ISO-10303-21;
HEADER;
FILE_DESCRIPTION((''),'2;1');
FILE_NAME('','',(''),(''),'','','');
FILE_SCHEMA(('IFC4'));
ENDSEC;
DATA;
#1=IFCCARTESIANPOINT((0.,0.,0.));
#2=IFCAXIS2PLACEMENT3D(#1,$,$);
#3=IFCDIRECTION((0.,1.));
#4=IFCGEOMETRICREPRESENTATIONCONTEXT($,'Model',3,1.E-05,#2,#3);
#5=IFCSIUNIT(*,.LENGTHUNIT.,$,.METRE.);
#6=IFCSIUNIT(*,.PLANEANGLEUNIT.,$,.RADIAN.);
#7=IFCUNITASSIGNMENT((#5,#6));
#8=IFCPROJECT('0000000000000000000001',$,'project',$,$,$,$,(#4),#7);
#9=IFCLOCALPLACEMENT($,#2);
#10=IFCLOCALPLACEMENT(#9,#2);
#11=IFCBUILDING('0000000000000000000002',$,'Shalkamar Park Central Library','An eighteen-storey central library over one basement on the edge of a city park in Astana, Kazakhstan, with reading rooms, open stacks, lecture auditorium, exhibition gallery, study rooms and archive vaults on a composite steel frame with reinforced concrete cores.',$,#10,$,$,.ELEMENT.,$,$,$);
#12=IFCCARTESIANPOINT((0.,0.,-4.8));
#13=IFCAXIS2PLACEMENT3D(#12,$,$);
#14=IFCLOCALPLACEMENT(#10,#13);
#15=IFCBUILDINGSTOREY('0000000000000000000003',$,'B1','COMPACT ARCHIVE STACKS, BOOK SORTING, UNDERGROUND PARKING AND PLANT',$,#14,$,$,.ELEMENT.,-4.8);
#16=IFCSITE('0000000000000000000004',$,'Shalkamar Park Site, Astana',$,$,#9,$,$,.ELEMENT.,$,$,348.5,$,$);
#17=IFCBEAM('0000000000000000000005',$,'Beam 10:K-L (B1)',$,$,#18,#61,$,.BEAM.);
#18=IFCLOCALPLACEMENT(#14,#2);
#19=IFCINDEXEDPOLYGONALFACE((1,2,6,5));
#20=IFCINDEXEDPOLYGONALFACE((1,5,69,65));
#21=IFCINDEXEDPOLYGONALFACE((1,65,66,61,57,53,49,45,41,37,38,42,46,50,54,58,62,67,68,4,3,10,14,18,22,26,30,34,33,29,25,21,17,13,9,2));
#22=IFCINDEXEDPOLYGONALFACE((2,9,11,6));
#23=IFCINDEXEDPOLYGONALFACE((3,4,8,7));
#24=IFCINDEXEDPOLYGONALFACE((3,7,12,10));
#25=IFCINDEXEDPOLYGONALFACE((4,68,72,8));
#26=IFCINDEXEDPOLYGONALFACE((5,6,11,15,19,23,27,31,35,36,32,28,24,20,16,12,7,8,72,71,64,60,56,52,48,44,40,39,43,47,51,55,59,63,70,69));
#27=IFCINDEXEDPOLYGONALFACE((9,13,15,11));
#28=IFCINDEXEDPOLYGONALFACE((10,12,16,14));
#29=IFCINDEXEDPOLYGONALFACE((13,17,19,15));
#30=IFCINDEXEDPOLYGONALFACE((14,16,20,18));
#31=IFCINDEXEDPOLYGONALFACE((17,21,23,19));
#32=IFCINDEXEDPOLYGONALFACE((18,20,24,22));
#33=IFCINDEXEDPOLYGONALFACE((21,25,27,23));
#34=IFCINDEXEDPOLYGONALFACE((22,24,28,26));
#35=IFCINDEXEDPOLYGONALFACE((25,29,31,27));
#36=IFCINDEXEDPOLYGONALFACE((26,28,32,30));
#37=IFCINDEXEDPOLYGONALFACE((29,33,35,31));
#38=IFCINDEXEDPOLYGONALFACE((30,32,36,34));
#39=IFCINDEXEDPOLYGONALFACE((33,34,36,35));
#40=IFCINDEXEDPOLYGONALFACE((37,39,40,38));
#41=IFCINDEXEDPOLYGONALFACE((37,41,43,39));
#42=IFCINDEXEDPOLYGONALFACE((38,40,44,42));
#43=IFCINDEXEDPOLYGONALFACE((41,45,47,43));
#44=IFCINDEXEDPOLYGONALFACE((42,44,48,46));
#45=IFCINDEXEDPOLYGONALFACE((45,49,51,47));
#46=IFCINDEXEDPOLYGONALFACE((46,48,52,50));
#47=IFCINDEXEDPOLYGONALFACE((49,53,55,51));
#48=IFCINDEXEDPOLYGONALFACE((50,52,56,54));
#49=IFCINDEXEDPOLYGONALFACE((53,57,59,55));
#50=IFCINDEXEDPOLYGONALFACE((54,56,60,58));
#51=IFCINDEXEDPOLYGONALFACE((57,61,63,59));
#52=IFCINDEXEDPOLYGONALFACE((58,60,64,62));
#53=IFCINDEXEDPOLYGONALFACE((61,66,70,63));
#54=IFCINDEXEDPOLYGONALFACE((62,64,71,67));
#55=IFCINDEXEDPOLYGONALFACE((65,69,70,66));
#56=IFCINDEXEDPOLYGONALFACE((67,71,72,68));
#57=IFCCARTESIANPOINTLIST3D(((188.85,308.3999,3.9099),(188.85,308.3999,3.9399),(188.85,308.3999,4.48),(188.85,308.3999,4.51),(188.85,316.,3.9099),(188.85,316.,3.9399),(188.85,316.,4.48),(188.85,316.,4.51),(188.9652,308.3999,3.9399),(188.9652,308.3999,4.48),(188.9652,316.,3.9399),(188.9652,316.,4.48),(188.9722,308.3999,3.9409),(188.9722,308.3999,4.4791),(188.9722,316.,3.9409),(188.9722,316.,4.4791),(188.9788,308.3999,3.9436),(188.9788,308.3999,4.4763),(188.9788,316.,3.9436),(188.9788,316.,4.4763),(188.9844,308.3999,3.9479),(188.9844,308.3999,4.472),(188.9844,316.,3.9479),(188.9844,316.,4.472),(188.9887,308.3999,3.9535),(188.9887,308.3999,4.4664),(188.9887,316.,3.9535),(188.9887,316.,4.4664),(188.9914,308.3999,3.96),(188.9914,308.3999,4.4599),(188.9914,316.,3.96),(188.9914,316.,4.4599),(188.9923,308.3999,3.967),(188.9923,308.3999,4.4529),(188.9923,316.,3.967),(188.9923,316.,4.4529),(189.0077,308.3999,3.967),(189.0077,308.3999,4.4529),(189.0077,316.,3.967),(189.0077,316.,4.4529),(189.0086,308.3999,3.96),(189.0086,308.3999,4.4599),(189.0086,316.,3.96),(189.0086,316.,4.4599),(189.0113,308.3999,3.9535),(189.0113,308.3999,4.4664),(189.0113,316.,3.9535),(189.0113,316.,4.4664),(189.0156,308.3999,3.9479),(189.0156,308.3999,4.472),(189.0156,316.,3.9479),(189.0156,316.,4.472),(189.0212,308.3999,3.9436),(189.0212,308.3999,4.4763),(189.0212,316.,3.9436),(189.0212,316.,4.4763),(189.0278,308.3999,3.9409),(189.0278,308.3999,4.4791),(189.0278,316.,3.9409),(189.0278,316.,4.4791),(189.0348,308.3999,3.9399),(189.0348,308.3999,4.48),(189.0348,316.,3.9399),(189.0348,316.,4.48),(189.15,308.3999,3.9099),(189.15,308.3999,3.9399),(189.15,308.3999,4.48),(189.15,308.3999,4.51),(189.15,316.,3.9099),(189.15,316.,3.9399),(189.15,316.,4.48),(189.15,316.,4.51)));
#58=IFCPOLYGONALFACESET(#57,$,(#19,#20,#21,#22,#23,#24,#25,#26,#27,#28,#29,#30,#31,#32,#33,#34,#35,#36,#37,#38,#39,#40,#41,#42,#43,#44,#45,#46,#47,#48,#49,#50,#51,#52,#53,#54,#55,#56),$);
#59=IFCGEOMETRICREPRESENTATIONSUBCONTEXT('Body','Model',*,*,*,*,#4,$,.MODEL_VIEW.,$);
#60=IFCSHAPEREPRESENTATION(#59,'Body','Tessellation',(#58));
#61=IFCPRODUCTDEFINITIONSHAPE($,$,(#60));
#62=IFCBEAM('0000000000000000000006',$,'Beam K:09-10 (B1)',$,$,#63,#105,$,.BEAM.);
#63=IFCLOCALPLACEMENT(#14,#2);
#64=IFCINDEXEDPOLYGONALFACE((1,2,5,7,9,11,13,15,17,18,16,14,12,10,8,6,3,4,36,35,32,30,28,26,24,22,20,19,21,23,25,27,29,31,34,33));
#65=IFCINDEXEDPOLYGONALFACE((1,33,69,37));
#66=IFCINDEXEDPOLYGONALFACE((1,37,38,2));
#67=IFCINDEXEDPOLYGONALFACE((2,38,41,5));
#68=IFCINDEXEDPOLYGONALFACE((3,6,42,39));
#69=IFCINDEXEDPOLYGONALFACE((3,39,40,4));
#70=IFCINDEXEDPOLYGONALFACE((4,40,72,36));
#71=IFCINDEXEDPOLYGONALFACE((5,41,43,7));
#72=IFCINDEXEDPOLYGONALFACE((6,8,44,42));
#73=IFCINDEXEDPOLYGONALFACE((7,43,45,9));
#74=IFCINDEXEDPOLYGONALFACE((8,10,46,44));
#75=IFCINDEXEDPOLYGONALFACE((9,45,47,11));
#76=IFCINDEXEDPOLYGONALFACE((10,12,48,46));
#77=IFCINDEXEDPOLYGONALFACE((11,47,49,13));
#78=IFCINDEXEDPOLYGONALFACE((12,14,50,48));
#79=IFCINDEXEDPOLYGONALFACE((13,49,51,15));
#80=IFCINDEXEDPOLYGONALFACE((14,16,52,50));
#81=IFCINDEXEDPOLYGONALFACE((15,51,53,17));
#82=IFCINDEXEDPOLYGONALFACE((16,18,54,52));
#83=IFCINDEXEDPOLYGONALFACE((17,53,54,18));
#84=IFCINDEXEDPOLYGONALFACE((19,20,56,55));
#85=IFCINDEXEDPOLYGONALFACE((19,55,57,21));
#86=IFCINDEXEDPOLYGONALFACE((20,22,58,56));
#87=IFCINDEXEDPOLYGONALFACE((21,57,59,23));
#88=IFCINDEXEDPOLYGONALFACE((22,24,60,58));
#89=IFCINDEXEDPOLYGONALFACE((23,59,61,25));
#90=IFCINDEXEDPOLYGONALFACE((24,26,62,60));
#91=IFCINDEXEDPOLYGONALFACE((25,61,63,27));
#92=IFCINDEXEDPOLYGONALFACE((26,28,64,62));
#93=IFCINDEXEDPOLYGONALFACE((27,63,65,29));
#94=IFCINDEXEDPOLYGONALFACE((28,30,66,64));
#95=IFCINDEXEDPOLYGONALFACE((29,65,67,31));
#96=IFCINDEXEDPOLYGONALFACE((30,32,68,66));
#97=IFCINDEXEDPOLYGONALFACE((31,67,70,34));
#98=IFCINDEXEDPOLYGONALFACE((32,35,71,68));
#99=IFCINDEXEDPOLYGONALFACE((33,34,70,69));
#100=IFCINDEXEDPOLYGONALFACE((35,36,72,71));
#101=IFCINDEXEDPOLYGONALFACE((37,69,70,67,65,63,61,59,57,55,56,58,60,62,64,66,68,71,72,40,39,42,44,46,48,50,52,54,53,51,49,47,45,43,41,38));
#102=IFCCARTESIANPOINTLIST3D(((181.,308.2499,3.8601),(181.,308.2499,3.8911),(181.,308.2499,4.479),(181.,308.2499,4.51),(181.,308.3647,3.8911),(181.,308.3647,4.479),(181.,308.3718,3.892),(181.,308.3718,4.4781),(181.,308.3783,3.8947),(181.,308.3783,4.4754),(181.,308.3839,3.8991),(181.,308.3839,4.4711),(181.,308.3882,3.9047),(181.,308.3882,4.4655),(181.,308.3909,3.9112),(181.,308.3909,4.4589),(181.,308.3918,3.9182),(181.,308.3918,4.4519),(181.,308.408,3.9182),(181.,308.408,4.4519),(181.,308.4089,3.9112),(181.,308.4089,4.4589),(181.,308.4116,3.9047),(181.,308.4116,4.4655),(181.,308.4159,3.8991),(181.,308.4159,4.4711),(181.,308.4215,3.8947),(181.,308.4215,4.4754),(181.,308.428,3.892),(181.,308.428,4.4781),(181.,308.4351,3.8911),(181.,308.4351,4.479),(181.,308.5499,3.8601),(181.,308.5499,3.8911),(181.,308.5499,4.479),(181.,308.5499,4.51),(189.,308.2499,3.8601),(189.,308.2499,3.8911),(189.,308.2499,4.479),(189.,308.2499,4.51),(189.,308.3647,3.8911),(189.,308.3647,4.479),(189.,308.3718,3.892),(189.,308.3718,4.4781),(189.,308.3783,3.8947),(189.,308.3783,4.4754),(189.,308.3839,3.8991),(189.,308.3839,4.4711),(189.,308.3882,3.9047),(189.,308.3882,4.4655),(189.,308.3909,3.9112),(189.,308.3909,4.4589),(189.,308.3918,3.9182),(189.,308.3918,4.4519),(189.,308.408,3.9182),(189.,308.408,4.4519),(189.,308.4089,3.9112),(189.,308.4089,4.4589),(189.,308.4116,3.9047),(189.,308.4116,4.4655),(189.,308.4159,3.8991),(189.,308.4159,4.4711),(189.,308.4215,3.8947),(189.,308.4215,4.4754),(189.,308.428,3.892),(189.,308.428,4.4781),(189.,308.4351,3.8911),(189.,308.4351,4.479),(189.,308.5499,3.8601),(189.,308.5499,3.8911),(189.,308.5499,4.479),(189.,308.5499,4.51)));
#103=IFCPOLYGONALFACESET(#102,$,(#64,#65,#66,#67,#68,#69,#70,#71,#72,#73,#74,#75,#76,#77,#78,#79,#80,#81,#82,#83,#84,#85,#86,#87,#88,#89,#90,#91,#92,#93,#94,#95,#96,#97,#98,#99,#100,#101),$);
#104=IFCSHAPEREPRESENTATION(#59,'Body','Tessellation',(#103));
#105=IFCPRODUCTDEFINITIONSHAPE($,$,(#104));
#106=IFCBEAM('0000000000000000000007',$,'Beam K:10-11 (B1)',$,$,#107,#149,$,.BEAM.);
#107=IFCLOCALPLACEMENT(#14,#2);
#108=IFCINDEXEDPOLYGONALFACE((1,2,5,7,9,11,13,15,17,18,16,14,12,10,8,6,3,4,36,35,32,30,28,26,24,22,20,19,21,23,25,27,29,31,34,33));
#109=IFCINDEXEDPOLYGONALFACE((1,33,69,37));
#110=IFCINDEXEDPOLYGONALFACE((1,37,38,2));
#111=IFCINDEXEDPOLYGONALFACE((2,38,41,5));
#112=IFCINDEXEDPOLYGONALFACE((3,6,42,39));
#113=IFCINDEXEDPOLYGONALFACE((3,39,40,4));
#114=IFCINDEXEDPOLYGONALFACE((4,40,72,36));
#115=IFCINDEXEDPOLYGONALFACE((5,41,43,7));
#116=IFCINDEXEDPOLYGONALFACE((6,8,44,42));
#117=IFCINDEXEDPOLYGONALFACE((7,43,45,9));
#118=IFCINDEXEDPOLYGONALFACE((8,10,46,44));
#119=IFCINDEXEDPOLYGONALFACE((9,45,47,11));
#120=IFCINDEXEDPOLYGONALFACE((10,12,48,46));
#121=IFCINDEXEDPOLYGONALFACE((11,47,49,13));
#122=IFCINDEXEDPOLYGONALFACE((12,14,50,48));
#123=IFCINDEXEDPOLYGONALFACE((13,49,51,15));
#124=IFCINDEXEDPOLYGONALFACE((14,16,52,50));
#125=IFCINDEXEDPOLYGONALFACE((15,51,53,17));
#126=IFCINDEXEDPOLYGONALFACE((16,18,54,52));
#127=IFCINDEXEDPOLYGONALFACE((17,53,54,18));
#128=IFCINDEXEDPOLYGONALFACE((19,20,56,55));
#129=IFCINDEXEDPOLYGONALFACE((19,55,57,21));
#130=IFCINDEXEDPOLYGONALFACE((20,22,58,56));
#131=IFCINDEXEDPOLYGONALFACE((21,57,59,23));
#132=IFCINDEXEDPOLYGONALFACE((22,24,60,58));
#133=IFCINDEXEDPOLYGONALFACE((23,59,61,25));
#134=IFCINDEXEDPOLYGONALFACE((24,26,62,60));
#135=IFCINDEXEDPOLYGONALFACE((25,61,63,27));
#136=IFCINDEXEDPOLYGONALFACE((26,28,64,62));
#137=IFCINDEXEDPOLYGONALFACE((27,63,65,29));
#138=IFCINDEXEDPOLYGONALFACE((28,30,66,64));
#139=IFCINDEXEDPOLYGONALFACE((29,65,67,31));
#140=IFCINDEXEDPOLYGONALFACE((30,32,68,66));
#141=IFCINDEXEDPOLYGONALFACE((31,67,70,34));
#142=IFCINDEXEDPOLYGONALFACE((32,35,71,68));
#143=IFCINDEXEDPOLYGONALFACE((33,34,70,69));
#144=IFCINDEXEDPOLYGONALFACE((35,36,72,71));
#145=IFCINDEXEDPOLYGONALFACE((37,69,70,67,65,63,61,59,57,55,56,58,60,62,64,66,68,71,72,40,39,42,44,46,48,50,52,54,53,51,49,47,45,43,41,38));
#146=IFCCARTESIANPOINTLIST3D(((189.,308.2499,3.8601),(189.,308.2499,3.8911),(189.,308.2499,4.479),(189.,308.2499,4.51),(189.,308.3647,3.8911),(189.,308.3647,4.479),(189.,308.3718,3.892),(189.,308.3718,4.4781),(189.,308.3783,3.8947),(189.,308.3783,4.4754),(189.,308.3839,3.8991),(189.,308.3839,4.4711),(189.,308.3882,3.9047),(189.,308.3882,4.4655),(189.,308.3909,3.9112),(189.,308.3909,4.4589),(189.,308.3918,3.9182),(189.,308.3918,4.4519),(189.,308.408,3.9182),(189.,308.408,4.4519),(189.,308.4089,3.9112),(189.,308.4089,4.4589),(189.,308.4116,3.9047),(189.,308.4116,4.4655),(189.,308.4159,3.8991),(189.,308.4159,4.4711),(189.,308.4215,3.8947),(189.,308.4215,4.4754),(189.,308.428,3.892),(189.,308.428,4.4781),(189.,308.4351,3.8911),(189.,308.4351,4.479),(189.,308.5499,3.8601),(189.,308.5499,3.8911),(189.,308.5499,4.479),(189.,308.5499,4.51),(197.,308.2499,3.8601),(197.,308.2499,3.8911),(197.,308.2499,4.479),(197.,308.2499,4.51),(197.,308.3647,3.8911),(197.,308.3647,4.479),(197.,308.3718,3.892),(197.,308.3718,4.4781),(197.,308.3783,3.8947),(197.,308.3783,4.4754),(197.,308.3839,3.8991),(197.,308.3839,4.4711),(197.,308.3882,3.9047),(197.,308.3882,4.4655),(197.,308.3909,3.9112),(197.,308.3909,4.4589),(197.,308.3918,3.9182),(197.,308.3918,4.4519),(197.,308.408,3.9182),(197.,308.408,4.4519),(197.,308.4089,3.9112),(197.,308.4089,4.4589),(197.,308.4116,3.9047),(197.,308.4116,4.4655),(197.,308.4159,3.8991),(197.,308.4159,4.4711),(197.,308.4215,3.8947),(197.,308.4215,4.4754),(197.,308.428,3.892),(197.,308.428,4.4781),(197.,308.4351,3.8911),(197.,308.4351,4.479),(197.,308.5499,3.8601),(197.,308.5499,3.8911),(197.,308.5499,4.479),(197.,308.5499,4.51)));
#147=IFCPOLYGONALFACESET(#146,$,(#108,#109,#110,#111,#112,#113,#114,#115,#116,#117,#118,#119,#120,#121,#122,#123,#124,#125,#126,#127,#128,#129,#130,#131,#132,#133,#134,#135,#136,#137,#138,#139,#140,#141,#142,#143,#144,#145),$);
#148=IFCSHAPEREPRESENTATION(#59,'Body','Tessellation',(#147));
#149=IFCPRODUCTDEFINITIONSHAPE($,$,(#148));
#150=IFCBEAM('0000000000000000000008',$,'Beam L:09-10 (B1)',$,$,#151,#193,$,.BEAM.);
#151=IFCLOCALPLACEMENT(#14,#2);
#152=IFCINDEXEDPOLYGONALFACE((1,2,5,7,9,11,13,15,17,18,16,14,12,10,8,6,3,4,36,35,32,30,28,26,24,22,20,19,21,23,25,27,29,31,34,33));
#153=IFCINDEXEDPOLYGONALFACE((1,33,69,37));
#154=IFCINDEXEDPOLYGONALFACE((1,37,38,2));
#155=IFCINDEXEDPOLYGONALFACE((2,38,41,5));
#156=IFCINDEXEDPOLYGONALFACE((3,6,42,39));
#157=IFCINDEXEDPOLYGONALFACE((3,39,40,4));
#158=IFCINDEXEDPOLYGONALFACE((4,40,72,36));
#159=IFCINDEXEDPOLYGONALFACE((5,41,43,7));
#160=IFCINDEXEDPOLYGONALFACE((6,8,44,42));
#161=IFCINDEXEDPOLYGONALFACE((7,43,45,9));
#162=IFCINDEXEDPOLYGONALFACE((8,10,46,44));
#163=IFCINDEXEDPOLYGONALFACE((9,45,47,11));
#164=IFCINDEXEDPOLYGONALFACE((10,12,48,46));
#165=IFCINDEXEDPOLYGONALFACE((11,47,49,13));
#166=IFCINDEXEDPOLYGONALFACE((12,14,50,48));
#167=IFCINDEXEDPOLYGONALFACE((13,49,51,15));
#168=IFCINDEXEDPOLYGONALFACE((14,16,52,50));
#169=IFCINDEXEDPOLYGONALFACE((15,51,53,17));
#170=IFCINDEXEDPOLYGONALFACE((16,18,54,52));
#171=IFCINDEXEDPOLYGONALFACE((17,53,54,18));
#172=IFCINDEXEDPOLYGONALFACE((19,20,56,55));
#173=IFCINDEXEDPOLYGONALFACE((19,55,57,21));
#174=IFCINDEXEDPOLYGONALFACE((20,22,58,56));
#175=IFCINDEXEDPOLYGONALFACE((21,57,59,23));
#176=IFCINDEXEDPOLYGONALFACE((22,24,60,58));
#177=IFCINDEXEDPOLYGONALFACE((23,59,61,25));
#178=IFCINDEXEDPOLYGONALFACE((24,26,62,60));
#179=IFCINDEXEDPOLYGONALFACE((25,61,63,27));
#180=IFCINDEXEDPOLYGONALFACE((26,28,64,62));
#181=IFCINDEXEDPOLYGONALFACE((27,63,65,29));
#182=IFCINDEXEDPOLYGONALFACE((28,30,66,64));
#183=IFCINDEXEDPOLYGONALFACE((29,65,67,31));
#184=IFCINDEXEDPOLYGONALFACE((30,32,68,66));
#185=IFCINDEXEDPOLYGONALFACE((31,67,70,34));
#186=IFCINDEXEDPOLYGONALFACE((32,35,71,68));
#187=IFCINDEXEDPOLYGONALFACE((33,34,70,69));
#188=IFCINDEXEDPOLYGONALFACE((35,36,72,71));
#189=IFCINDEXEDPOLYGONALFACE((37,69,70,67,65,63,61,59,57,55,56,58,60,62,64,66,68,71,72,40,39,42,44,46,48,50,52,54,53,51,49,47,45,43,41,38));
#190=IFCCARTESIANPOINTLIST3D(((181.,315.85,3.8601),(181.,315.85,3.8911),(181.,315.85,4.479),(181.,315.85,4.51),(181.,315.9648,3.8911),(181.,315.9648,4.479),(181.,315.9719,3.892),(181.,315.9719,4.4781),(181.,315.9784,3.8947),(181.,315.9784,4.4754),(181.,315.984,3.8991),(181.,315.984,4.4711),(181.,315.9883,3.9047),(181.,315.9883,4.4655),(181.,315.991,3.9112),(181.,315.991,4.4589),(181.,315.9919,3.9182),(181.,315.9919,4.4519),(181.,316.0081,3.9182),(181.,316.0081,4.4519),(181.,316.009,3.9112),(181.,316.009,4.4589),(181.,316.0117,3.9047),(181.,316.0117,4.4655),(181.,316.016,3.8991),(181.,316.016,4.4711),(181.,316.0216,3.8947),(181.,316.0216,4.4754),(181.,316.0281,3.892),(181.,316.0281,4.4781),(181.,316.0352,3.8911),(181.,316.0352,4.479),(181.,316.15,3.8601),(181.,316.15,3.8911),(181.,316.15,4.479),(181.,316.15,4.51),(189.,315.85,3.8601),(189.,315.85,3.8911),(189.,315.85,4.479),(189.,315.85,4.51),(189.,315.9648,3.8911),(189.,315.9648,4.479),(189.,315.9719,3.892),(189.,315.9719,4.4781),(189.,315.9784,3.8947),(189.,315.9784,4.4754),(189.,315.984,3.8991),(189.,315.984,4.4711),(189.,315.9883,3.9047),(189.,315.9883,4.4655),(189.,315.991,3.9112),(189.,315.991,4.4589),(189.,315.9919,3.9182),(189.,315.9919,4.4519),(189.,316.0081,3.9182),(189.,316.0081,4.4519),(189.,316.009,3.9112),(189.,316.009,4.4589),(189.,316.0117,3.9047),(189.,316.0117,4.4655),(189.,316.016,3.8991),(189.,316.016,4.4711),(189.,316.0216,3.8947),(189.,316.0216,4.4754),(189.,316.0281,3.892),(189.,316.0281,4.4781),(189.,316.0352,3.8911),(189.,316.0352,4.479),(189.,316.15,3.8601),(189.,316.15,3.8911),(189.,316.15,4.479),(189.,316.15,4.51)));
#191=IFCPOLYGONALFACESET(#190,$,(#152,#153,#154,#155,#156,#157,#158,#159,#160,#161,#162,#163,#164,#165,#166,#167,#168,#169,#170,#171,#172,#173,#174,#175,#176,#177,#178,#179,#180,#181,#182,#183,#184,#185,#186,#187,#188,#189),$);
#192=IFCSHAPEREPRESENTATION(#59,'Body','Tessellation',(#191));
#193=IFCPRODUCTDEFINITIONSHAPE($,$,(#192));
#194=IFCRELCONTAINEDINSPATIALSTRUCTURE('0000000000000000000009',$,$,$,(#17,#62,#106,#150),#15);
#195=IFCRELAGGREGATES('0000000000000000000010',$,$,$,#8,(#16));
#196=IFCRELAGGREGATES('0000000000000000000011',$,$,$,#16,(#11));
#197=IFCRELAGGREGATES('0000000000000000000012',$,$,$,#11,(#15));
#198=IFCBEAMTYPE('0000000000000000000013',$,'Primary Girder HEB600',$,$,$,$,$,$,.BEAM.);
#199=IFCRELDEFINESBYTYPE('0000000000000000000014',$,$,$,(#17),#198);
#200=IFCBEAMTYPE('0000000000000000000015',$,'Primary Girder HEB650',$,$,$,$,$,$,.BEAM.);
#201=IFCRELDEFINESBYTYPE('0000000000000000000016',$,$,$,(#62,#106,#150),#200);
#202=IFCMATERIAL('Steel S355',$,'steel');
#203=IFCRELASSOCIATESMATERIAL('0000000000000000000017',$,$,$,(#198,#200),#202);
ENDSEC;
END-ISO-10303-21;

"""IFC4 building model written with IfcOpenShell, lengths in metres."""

from ifc_helpers import new_model, si_unit, direction, frame, origin, origin_2d, place, context, subcontext, project, spatial, i_section, extrude, material, material_profile, profile_set, type_object, element, save


model = new_model("IFC4")

# Units and contexts
model_context = context("Model", 3, precision=1e-05, world=origin(), true_north=direction((0.0, 1.0)))
body_context = subcontext(model_context, "Body", "Model", "MODEL_VIEW")
ifc_project = project(units=[si_unit("LENGTHUNIT", "METRE"), si_unit("PLANEANGLEUNIT", "RADIAN")], contexts=[model_context])

# Site, building, storey
site_placement = place(None, origin())
site = spatial("IfcSite", under=ifc_project, at=site_placement, Name="Shalkamar Park Site, Astana", CompositionType="ELEMENT", RefElevation=348.5)
building_placement = place(site_placement, origin())
building = spatial("IfcBuilding", under=site, at=building_placement, Name="Shalkamar Park Central Library", Description="An eighteen-storey central library over one basement on the edge of a city park in Astana, Kazakhstan, with reading rooms, open stacks, lecture auditorium, exhibition gallery, study rooms and archive vaults on a composite steel frame with reinforced concrete cores.", CompositionType="ELEMENT")
storey_placement = place(building_placement, frame((0.0, 0.0, -4.8)))
storey = spatial("IfcBuildingStorey", under=building, at=storey_placement, Name="B1", Description="COMPACT ARCHIVE STACKS, BOOK SORTING, UNDERGROUND PARKING AND PLANT", CompositionType="ELEMENT", Elevation=-4.8)

# Shared definitions
ifc_material_1 = material(Name="Steel S355", Category="steel")

# Beams
ifc_material_profile_1 = material_profile(ifc_material_1, i_section(OverallWidth=0.3, OverallDepth=0.6001, WebThickness=0.0154, FlangeThickness=0.03, FilletRadius=0.0271, at=origin_2d()), Name="HEB 600")
ifc_profile_set_1 = profile_set([ifc_material_profile_1], Name="Steel S355")
beam_type_1 = type_object("IfcBeamType", Name="Primary Girder HEB600", PredefinedType="BEAM", material=ifc_profile_set_1)
for number, where, z_axis, x_axis, name in (
    (1, (189.0, 308.3999, 4.21), (0.0, 1.0, 0.0), (-1.0, 0.0, 0.0), "Beam 10:K-L (B1)"),
):
    element("IfcBeam", number, at=place(storey_placement, frame(where, z_axis=z_axis, x_axis=x_axis)), inside=storey, type_object=beam_type_1, Name=name, PredefinedType="BEAM", context=body_context, shape_type="SweptSolid", body=[
        extrude(i_section(OverallWidth=0.3, OverallDepth=0.6001, WebThickness=0.0154, FlangeThickness=0.03, FilletRadius=0.0271, at=origin_2d()), origin(), (0.0, 0.0, 1.0), 7.6001),
    ])
ifc_material_profile_2 = material_profile(ifc_material_1, i_section(OverallWidth=0.3, OverallDepth=0.6499, WebThickness=0.0161, FlangeThickness=0.031, FilletRadius=0.0271, at=origin_2d()), Name="HEB 650")
ifc_profile_set_2 = profile_set([ifc_material_profile_2], Name="Steel S355")
beam_type_2 = type_object("IfcBeamType", Name="Primary Girder HEB650", PredefinedType="BEAM", material=ifc_profile_set_2)
for number, where, z_axis, x_axis, name in (
    (2, (181.0, 308.3999, 4.1851), (1.0, 0.0, 0.0), (0.0, 1.0, 0.0), "Beam K:09-10 (B1)"),
    (3, (189.0, 308.3999, 4.1851), (1.0, 0.0, 0.0), (0.0, 1.0, 0.0), "Beam K:10-11 (B1)"),
    (4, (181.0, 316.0, 4.1851), (1.0, 0.0, 0.0), (0.0, 1.0, 0.0), "Beam L:09-10 (B1)"),
):
    element("IfcBeam", number, at=place(storey_placement, frame(where, z_axis=z_axis, x_axis=x_axis)), inside=storey, type_object=beam_type_2, Name=name, PredefinedType="BEAM", context=body_context, shape_type="SweptSolid", body=[
        extrude(i_section(OverallWidth=0.3, OverallDepth=0.6499, WebThickness=0.0161, FlangeThickness=0.031, FilletRadius=0.0271, at=origin_2d()), origin(), (0.0, 0.0, 1.0), 8.0),
    ])

save(model, "model.ifc")
